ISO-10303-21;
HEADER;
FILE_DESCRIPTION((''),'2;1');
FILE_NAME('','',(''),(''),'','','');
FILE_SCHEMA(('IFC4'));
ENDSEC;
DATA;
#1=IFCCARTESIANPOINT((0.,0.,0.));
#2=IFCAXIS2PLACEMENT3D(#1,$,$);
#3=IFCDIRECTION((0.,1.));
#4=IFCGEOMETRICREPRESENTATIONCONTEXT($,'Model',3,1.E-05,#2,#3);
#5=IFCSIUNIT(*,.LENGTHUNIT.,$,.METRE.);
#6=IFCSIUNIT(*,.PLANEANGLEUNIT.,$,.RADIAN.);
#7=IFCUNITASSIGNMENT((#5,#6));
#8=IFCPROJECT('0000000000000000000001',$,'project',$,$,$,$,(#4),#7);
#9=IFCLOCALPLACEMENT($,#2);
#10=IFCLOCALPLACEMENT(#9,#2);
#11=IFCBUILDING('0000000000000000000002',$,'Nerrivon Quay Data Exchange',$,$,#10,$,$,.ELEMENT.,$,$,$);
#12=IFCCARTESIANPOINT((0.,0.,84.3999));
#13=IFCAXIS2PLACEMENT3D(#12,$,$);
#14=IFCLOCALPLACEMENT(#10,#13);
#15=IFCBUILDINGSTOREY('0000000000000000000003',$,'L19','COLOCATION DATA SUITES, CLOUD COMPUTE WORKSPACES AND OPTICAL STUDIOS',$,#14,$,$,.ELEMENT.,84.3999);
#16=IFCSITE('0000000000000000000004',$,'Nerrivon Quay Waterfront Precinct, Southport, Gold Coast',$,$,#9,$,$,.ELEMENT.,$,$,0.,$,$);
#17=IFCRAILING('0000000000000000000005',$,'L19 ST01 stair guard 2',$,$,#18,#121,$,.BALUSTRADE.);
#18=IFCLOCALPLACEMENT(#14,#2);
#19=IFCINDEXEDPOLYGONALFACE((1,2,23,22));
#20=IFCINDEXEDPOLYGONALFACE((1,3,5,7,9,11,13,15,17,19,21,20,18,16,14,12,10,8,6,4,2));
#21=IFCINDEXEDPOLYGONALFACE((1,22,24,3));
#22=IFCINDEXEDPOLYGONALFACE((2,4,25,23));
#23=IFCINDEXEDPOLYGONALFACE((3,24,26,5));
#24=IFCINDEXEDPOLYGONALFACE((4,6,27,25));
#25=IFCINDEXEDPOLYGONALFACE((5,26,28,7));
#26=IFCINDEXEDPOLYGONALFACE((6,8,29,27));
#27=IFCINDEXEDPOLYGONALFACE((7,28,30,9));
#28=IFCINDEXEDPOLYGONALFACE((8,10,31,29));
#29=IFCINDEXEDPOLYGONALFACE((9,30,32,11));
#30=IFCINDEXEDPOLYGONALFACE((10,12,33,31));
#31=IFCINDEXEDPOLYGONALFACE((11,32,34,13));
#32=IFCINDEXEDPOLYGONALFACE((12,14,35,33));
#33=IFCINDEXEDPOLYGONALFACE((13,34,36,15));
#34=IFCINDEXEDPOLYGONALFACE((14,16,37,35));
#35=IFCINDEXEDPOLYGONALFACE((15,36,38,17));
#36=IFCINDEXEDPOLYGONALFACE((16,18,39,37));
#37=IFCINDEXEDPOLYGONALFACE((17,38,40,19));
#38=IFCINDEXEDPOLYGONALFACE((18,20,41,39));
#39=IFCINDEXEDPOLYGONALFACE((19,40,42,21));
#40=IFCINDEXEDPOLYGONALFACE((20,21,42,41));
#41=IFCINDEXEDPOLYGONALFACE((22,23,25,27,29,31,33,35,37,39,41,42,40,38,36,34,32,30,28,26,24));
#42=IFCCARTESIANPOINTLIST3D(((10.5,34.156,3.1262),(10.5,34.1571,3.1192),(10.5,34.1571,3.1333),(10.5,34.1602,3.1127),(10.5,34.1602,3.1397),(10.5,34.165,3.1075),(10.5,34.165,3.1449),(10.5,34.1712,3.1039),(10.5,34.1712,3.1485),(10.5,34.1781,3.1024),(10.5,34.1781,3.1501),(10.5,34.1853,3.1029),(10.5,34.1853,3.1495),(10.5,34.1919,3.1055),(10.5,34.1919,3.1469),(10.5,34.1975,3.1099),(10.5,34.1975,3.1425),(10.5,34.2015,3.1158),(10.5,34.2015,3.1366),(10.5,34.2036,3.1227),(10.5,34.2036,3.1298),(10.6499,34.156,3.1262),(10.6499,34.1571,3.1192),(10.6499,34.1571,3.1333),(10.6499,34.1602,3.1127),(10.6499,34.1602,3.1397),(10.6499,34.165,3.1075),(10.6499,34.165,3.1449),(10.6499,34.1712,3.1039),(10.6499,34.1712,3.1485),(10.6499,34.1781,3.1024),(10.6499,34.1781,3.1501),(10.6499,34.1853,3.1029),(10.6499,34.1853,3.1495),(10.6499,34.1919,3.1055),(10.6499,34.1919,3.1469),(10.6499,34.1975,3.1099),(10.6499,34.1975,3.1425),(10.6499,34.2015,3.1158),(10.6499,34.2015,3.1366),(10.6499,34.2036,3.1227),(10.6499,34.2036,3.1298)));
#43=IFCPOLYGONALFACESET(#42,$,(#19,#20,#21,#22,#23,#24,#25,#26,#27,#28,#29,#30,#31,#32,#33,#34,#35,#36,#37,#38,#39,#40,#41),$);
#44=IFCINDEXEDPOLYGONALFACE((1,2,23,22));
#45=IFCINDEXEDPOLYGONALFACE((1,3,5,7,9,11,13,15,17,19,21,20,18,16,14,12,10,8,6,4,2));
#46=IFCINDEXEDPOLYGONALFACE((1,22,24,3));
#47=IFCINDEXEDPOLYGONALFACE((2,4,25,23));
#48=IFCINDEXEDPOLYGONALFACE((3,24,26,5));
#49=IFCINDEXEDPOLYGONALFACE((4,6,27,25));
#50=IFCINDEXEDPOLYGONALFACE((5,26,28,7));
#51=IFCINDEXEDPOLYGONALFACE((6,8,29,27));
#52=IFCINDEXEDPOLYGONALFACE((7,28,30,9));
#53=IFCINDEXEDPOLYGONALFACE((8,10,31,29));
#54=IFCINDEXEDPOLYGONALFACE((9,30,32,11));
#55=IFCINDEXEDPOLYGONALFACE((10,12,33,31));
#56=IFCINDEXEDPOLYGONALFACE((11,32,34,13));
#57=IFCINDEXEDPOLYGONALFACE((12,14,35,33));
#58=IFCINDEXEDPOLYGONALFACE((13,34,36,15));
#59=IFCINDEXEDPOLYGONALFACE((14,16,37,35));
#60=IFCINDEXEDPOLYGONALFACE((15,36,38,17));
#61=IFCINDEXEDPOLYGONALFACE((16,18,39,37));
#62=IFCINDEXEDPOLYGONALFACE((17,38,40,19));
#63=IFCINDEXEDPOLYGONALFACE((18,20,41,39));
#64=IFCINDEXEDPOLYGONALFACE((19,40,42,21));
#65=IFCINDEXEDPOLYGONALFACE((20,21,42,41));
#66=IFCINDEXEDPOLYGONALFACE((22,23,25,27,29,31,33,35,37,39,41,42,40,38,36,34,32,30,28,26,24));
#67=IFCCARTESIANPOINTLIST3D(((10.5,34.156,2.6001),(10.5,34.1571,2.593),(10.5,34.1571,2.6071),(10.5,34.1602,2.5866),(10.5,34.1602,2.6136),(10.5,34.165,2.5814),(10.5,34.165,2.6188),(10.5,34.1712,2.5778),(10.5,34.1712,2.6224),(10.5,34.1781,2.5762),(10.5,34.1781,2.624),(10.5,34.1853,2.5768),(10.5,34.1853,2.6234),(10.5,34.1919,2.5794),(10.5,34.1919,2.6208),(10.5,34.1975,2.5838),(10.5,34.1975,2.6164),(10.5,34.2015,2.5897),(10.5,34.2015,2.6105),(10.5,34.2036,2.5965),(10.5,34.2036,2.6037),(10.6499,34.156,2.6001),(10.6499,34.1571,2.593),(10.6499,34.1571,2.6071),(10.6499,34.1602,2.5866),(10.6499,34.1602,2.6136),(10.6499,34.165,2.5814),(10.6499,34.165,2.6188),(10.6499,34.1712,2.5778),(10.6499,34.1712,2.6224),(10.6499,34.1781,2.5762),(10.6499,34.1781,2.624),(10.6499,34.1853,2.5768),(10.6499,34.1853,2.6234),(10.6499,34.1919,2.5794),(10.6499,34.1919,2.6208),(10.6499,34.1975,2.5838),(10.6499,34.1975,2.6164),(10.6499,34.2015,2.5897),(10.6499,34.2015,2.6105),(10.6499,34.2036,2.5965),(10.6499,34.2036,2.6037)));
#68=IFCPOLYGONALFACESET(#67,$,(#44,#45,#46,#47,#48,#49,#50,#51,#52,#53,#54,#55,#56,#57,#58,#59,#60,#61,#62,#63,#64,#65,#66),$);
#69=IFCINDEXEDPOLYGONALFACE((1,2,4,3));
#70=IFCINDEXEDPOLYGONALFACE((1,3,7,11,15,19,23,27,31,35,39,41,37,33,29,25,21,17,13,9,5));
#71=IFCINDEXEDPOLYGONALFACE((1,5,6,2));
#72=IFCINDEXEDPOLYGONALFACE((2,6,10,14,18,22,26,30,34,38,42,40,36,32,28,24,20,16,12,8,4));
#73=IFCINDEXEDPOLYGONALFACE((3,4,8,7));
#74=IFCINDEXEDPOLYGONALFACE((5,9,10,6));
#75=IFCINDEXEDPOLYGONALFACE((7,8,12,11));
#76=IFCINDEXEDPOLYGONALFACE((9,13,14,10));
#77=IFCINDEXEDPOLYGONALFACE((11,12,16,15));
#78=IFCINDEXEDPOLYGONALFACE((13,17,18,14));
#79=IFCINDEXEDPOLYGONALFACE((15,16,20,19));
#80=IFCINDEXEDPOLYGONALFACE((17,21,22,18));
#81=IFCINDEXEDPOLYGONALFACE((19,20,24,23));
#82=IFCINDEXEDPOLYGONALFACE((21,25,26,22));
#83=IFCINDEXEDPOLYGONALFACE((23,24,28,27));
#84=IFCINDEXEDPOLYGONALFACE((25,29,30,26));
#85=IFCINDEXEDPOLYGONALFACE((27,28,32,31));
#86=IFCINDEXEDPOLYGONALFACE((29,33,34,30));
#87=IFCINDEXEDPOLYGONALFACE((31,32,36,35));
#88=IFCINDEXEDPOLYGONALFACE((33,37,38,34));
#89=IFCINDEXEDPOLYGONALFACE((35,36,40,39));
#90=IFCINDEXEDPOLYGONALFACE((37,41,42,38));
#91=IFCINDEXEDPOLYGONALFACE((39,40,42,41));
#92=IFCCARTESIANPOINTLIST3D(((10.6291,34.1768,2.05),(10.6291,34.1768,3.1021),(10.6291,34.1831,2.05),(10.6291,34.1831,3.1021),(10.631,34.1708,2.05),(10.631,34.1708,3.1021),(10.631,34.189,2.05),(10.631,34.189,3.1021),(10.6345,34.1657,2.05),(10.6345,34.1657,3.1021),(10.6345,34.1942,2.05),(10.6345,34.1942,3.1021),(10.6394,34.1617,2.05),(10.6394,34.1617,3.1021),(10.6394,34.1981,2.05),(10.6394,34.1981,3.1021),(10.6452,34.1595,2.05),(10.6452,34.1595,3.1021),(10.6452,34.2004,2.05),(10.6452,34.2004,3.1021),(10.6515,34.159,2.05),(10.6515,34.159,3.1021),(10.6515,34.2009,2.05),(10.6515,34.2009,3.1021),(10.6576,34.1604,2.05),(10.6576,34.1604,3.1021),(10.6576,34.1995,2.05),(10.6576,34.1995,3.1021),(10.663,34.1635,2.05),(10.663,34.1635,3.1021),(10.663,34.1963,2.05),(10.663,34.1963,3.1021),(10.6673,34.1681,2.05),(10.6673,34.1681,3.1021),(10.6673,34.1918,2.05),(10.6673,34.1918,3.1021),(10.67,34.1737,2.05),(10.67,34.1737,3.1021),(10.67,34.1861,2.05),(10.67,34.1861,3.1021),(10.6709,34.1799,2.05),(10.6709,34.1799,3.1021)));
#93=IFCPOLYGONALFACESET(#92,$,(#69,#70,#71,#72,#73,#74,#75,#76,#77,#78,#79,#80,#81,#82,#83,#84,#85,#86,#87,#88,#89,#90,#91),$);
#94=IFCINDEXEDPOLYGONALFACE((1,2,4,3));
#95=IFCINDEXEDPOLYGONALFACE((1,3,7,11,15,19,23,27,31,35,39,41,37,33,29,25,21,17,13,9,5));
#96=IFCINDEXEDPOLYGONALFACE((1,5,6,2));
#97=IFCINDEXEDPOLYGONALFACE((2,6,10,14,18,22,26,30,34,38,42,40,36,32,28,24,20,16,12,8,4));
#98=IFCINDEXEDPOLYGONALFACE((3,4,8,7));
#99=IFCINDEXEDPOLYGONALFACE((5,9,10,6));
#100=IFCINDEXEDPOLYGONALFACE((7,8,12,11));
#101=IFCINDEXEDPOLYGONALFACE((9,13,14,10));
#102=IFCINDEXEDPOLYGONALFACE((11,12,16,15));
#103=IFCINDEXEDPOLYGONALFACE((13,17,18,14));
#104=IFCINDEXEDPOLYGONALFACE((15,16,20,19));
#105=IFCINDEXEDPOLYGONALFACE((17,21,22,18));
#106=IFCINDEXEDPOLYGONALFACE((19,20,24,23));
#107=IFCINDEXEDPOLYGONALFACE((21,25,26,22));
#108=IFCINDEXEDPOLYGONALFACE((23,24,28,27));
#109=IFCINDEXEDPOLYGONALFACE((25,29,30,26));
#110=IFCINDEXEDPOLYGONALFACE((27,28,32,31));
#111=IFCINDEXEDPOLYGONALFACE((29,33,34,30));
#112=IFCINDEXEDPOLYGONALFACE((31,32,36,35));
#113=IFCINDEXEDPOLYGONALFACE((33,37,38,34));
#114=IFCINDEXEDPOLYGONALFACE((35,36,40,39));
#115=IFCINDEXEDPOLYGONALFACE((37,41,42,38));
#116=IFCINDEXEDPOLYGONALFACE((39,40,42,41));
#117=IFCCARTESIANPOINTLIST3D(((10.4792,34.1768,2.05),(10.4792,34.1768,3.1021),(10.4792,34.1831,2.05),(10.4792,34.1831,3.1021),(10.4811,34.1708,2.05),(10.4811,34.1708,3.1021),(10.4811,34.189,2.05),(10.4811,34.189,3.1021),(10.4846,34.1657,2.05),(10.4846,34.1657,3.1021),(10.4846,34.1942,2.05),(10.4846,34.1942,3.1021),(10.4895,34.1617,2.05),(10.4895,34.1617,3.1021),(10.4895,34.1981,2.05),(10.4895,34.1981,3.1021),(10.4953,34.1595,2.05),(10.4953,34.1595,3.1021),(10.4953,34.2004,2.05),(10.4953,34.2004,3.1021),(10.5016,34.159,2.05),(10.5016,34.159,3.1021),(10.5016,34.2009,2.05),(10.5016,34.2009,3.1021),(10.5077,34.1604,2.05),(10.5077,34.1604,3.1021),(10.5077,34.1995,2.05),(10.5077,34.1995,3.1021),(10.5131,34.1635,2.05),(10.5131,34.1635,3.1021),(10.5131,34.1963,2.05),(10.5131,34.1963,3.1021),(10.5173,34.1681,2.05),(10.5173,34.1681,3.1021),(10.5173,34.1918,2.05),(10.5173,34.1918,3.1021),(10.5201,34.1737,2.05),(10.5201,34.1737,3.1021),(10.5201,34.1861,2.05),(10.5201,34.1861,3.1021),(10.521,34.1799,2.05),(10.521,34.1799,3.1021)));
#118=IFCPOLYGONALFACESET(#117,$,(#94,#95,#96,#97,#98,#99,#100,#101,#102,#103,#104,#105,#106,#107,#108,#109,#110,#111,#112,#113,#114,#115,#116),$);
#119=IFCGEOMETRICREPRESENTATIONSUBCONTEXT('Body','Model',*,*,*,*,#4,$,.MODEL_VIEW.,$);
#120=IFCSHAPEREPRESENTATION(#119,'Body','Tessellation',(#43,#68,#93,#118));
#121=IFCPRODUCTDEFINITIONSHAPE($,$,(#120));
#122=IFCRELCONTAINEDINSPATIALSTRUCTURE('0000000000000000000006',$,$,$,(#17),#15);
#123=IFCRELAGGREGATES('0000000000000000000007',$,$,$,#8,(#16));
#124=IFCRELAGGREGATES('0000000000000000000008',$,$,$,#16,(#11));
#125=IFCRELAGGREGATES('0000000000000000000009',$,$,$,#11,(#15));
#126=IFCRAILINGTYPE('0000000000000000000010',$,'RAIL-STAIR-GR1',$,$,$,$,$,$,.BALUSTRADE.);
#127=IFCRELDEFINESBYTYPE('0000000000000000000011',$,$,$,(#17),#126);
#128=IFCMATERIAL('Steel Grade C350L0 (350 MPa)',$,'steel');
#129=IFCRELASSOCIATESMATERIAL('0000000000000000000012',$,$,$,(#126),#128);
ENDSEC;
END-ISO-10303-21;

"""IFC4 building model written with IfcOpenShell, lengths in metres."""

from ifc_helpers import new_model, si_unit, direction, frame, origin, origin_2d, place, context, subcontext, project, spatial, circle, extrude, material, type_object, element, save


model = new_model("IFC4")

# Units and contexts
model_context = context("Model", 3, precision=1e-05, world=origin(), true_north=direction((0.0, 1.0)))
body_context = subcontext(model_context, "Body", "Model", "MODEL_VIEW")
ifc_project = project(units=[si_unit("LENGTHUNIT", "METRE"), si_unit("PLANEANGLEUNIT", "RADIAN")], contexts=[model_context])

# Site, building, storey
site_placement = place(None, origin())
site = spatial("IfcSite", under=ifc_project, at=site_placement, Name="Nerrivon Quay Waterfront Precinct, Southport, Gold Coast", CompositionType="ELEMENT", RefElevation=0.0)
building_placement = place(site_placement, origin())
building = spatial("IfcBuilding", under=site, at=building_placement, Name="Nerrivon Quay Data Exchange", CompositionType="ELEMENT")
storey_placement = place(building_placement, frame((0.0, 0.0, 84.3999)))
storey = spatial("IfcBuildingStorey", under=building, at=storey_placement, Name="L19", Description="COLOCATION DATA SUITES, CLOUD COMPUTE WORKSPACES AND OPTICAL STUDIOS", CompositionType="ELEMENT", Elevation=84.3999)

# Railing
ifc_material_1 = material(Name="Steel Grade C350L0 (350 MPa)", Category="steel")
railing_type_1 = type_object("IfcRailingType", Name="RAIL-STAIR-GR1", PredefinedType="BALUSTRADE", material=ifc_material_1)
railing_1_placement = place(storey_placement, frame((10.6499, 34.1799, 2.05)))
element("IfcRailing", 1, at=railing_1_placement, inside=storey, type_object=railing_type_1, Name="L19 ST01 stair guard 2", PredefinedType="BALUSTRADE", context=body_context, shape_type="SweptSolid", body=[
    extrude(circle(Radius=0.0239, at=origin_2d()), frame((0.0, 0.0, 1.0762), z_axis=(-1.0, 0.0, 0.0), x_axis=(0.0, -1.0, 0.0)), (0.0, 0.0, 1.0), 0.1499),
    extrude(circle(Radius=0.0239, at=origin_2d()), frame((0.0, 0.0, 0.55), z_axis=(-1.0, 0.0, 0.0), x_axis=(0.0, -1.0, 0.0)), (0.0, 0.0, 1.0), 0.1499),
    extrude(circle(Radius=0.021, at=origin_2d()), origin(), (0.0, 0.0, 1.0), 1.052),
    extrude(circle(Radius=0.021, at=origin_2d()), frame((-0.1499, 0.0, 0.0)), (0.0, 0.0, 1.0), 1.052),
])

save(model, "model.ifc")
